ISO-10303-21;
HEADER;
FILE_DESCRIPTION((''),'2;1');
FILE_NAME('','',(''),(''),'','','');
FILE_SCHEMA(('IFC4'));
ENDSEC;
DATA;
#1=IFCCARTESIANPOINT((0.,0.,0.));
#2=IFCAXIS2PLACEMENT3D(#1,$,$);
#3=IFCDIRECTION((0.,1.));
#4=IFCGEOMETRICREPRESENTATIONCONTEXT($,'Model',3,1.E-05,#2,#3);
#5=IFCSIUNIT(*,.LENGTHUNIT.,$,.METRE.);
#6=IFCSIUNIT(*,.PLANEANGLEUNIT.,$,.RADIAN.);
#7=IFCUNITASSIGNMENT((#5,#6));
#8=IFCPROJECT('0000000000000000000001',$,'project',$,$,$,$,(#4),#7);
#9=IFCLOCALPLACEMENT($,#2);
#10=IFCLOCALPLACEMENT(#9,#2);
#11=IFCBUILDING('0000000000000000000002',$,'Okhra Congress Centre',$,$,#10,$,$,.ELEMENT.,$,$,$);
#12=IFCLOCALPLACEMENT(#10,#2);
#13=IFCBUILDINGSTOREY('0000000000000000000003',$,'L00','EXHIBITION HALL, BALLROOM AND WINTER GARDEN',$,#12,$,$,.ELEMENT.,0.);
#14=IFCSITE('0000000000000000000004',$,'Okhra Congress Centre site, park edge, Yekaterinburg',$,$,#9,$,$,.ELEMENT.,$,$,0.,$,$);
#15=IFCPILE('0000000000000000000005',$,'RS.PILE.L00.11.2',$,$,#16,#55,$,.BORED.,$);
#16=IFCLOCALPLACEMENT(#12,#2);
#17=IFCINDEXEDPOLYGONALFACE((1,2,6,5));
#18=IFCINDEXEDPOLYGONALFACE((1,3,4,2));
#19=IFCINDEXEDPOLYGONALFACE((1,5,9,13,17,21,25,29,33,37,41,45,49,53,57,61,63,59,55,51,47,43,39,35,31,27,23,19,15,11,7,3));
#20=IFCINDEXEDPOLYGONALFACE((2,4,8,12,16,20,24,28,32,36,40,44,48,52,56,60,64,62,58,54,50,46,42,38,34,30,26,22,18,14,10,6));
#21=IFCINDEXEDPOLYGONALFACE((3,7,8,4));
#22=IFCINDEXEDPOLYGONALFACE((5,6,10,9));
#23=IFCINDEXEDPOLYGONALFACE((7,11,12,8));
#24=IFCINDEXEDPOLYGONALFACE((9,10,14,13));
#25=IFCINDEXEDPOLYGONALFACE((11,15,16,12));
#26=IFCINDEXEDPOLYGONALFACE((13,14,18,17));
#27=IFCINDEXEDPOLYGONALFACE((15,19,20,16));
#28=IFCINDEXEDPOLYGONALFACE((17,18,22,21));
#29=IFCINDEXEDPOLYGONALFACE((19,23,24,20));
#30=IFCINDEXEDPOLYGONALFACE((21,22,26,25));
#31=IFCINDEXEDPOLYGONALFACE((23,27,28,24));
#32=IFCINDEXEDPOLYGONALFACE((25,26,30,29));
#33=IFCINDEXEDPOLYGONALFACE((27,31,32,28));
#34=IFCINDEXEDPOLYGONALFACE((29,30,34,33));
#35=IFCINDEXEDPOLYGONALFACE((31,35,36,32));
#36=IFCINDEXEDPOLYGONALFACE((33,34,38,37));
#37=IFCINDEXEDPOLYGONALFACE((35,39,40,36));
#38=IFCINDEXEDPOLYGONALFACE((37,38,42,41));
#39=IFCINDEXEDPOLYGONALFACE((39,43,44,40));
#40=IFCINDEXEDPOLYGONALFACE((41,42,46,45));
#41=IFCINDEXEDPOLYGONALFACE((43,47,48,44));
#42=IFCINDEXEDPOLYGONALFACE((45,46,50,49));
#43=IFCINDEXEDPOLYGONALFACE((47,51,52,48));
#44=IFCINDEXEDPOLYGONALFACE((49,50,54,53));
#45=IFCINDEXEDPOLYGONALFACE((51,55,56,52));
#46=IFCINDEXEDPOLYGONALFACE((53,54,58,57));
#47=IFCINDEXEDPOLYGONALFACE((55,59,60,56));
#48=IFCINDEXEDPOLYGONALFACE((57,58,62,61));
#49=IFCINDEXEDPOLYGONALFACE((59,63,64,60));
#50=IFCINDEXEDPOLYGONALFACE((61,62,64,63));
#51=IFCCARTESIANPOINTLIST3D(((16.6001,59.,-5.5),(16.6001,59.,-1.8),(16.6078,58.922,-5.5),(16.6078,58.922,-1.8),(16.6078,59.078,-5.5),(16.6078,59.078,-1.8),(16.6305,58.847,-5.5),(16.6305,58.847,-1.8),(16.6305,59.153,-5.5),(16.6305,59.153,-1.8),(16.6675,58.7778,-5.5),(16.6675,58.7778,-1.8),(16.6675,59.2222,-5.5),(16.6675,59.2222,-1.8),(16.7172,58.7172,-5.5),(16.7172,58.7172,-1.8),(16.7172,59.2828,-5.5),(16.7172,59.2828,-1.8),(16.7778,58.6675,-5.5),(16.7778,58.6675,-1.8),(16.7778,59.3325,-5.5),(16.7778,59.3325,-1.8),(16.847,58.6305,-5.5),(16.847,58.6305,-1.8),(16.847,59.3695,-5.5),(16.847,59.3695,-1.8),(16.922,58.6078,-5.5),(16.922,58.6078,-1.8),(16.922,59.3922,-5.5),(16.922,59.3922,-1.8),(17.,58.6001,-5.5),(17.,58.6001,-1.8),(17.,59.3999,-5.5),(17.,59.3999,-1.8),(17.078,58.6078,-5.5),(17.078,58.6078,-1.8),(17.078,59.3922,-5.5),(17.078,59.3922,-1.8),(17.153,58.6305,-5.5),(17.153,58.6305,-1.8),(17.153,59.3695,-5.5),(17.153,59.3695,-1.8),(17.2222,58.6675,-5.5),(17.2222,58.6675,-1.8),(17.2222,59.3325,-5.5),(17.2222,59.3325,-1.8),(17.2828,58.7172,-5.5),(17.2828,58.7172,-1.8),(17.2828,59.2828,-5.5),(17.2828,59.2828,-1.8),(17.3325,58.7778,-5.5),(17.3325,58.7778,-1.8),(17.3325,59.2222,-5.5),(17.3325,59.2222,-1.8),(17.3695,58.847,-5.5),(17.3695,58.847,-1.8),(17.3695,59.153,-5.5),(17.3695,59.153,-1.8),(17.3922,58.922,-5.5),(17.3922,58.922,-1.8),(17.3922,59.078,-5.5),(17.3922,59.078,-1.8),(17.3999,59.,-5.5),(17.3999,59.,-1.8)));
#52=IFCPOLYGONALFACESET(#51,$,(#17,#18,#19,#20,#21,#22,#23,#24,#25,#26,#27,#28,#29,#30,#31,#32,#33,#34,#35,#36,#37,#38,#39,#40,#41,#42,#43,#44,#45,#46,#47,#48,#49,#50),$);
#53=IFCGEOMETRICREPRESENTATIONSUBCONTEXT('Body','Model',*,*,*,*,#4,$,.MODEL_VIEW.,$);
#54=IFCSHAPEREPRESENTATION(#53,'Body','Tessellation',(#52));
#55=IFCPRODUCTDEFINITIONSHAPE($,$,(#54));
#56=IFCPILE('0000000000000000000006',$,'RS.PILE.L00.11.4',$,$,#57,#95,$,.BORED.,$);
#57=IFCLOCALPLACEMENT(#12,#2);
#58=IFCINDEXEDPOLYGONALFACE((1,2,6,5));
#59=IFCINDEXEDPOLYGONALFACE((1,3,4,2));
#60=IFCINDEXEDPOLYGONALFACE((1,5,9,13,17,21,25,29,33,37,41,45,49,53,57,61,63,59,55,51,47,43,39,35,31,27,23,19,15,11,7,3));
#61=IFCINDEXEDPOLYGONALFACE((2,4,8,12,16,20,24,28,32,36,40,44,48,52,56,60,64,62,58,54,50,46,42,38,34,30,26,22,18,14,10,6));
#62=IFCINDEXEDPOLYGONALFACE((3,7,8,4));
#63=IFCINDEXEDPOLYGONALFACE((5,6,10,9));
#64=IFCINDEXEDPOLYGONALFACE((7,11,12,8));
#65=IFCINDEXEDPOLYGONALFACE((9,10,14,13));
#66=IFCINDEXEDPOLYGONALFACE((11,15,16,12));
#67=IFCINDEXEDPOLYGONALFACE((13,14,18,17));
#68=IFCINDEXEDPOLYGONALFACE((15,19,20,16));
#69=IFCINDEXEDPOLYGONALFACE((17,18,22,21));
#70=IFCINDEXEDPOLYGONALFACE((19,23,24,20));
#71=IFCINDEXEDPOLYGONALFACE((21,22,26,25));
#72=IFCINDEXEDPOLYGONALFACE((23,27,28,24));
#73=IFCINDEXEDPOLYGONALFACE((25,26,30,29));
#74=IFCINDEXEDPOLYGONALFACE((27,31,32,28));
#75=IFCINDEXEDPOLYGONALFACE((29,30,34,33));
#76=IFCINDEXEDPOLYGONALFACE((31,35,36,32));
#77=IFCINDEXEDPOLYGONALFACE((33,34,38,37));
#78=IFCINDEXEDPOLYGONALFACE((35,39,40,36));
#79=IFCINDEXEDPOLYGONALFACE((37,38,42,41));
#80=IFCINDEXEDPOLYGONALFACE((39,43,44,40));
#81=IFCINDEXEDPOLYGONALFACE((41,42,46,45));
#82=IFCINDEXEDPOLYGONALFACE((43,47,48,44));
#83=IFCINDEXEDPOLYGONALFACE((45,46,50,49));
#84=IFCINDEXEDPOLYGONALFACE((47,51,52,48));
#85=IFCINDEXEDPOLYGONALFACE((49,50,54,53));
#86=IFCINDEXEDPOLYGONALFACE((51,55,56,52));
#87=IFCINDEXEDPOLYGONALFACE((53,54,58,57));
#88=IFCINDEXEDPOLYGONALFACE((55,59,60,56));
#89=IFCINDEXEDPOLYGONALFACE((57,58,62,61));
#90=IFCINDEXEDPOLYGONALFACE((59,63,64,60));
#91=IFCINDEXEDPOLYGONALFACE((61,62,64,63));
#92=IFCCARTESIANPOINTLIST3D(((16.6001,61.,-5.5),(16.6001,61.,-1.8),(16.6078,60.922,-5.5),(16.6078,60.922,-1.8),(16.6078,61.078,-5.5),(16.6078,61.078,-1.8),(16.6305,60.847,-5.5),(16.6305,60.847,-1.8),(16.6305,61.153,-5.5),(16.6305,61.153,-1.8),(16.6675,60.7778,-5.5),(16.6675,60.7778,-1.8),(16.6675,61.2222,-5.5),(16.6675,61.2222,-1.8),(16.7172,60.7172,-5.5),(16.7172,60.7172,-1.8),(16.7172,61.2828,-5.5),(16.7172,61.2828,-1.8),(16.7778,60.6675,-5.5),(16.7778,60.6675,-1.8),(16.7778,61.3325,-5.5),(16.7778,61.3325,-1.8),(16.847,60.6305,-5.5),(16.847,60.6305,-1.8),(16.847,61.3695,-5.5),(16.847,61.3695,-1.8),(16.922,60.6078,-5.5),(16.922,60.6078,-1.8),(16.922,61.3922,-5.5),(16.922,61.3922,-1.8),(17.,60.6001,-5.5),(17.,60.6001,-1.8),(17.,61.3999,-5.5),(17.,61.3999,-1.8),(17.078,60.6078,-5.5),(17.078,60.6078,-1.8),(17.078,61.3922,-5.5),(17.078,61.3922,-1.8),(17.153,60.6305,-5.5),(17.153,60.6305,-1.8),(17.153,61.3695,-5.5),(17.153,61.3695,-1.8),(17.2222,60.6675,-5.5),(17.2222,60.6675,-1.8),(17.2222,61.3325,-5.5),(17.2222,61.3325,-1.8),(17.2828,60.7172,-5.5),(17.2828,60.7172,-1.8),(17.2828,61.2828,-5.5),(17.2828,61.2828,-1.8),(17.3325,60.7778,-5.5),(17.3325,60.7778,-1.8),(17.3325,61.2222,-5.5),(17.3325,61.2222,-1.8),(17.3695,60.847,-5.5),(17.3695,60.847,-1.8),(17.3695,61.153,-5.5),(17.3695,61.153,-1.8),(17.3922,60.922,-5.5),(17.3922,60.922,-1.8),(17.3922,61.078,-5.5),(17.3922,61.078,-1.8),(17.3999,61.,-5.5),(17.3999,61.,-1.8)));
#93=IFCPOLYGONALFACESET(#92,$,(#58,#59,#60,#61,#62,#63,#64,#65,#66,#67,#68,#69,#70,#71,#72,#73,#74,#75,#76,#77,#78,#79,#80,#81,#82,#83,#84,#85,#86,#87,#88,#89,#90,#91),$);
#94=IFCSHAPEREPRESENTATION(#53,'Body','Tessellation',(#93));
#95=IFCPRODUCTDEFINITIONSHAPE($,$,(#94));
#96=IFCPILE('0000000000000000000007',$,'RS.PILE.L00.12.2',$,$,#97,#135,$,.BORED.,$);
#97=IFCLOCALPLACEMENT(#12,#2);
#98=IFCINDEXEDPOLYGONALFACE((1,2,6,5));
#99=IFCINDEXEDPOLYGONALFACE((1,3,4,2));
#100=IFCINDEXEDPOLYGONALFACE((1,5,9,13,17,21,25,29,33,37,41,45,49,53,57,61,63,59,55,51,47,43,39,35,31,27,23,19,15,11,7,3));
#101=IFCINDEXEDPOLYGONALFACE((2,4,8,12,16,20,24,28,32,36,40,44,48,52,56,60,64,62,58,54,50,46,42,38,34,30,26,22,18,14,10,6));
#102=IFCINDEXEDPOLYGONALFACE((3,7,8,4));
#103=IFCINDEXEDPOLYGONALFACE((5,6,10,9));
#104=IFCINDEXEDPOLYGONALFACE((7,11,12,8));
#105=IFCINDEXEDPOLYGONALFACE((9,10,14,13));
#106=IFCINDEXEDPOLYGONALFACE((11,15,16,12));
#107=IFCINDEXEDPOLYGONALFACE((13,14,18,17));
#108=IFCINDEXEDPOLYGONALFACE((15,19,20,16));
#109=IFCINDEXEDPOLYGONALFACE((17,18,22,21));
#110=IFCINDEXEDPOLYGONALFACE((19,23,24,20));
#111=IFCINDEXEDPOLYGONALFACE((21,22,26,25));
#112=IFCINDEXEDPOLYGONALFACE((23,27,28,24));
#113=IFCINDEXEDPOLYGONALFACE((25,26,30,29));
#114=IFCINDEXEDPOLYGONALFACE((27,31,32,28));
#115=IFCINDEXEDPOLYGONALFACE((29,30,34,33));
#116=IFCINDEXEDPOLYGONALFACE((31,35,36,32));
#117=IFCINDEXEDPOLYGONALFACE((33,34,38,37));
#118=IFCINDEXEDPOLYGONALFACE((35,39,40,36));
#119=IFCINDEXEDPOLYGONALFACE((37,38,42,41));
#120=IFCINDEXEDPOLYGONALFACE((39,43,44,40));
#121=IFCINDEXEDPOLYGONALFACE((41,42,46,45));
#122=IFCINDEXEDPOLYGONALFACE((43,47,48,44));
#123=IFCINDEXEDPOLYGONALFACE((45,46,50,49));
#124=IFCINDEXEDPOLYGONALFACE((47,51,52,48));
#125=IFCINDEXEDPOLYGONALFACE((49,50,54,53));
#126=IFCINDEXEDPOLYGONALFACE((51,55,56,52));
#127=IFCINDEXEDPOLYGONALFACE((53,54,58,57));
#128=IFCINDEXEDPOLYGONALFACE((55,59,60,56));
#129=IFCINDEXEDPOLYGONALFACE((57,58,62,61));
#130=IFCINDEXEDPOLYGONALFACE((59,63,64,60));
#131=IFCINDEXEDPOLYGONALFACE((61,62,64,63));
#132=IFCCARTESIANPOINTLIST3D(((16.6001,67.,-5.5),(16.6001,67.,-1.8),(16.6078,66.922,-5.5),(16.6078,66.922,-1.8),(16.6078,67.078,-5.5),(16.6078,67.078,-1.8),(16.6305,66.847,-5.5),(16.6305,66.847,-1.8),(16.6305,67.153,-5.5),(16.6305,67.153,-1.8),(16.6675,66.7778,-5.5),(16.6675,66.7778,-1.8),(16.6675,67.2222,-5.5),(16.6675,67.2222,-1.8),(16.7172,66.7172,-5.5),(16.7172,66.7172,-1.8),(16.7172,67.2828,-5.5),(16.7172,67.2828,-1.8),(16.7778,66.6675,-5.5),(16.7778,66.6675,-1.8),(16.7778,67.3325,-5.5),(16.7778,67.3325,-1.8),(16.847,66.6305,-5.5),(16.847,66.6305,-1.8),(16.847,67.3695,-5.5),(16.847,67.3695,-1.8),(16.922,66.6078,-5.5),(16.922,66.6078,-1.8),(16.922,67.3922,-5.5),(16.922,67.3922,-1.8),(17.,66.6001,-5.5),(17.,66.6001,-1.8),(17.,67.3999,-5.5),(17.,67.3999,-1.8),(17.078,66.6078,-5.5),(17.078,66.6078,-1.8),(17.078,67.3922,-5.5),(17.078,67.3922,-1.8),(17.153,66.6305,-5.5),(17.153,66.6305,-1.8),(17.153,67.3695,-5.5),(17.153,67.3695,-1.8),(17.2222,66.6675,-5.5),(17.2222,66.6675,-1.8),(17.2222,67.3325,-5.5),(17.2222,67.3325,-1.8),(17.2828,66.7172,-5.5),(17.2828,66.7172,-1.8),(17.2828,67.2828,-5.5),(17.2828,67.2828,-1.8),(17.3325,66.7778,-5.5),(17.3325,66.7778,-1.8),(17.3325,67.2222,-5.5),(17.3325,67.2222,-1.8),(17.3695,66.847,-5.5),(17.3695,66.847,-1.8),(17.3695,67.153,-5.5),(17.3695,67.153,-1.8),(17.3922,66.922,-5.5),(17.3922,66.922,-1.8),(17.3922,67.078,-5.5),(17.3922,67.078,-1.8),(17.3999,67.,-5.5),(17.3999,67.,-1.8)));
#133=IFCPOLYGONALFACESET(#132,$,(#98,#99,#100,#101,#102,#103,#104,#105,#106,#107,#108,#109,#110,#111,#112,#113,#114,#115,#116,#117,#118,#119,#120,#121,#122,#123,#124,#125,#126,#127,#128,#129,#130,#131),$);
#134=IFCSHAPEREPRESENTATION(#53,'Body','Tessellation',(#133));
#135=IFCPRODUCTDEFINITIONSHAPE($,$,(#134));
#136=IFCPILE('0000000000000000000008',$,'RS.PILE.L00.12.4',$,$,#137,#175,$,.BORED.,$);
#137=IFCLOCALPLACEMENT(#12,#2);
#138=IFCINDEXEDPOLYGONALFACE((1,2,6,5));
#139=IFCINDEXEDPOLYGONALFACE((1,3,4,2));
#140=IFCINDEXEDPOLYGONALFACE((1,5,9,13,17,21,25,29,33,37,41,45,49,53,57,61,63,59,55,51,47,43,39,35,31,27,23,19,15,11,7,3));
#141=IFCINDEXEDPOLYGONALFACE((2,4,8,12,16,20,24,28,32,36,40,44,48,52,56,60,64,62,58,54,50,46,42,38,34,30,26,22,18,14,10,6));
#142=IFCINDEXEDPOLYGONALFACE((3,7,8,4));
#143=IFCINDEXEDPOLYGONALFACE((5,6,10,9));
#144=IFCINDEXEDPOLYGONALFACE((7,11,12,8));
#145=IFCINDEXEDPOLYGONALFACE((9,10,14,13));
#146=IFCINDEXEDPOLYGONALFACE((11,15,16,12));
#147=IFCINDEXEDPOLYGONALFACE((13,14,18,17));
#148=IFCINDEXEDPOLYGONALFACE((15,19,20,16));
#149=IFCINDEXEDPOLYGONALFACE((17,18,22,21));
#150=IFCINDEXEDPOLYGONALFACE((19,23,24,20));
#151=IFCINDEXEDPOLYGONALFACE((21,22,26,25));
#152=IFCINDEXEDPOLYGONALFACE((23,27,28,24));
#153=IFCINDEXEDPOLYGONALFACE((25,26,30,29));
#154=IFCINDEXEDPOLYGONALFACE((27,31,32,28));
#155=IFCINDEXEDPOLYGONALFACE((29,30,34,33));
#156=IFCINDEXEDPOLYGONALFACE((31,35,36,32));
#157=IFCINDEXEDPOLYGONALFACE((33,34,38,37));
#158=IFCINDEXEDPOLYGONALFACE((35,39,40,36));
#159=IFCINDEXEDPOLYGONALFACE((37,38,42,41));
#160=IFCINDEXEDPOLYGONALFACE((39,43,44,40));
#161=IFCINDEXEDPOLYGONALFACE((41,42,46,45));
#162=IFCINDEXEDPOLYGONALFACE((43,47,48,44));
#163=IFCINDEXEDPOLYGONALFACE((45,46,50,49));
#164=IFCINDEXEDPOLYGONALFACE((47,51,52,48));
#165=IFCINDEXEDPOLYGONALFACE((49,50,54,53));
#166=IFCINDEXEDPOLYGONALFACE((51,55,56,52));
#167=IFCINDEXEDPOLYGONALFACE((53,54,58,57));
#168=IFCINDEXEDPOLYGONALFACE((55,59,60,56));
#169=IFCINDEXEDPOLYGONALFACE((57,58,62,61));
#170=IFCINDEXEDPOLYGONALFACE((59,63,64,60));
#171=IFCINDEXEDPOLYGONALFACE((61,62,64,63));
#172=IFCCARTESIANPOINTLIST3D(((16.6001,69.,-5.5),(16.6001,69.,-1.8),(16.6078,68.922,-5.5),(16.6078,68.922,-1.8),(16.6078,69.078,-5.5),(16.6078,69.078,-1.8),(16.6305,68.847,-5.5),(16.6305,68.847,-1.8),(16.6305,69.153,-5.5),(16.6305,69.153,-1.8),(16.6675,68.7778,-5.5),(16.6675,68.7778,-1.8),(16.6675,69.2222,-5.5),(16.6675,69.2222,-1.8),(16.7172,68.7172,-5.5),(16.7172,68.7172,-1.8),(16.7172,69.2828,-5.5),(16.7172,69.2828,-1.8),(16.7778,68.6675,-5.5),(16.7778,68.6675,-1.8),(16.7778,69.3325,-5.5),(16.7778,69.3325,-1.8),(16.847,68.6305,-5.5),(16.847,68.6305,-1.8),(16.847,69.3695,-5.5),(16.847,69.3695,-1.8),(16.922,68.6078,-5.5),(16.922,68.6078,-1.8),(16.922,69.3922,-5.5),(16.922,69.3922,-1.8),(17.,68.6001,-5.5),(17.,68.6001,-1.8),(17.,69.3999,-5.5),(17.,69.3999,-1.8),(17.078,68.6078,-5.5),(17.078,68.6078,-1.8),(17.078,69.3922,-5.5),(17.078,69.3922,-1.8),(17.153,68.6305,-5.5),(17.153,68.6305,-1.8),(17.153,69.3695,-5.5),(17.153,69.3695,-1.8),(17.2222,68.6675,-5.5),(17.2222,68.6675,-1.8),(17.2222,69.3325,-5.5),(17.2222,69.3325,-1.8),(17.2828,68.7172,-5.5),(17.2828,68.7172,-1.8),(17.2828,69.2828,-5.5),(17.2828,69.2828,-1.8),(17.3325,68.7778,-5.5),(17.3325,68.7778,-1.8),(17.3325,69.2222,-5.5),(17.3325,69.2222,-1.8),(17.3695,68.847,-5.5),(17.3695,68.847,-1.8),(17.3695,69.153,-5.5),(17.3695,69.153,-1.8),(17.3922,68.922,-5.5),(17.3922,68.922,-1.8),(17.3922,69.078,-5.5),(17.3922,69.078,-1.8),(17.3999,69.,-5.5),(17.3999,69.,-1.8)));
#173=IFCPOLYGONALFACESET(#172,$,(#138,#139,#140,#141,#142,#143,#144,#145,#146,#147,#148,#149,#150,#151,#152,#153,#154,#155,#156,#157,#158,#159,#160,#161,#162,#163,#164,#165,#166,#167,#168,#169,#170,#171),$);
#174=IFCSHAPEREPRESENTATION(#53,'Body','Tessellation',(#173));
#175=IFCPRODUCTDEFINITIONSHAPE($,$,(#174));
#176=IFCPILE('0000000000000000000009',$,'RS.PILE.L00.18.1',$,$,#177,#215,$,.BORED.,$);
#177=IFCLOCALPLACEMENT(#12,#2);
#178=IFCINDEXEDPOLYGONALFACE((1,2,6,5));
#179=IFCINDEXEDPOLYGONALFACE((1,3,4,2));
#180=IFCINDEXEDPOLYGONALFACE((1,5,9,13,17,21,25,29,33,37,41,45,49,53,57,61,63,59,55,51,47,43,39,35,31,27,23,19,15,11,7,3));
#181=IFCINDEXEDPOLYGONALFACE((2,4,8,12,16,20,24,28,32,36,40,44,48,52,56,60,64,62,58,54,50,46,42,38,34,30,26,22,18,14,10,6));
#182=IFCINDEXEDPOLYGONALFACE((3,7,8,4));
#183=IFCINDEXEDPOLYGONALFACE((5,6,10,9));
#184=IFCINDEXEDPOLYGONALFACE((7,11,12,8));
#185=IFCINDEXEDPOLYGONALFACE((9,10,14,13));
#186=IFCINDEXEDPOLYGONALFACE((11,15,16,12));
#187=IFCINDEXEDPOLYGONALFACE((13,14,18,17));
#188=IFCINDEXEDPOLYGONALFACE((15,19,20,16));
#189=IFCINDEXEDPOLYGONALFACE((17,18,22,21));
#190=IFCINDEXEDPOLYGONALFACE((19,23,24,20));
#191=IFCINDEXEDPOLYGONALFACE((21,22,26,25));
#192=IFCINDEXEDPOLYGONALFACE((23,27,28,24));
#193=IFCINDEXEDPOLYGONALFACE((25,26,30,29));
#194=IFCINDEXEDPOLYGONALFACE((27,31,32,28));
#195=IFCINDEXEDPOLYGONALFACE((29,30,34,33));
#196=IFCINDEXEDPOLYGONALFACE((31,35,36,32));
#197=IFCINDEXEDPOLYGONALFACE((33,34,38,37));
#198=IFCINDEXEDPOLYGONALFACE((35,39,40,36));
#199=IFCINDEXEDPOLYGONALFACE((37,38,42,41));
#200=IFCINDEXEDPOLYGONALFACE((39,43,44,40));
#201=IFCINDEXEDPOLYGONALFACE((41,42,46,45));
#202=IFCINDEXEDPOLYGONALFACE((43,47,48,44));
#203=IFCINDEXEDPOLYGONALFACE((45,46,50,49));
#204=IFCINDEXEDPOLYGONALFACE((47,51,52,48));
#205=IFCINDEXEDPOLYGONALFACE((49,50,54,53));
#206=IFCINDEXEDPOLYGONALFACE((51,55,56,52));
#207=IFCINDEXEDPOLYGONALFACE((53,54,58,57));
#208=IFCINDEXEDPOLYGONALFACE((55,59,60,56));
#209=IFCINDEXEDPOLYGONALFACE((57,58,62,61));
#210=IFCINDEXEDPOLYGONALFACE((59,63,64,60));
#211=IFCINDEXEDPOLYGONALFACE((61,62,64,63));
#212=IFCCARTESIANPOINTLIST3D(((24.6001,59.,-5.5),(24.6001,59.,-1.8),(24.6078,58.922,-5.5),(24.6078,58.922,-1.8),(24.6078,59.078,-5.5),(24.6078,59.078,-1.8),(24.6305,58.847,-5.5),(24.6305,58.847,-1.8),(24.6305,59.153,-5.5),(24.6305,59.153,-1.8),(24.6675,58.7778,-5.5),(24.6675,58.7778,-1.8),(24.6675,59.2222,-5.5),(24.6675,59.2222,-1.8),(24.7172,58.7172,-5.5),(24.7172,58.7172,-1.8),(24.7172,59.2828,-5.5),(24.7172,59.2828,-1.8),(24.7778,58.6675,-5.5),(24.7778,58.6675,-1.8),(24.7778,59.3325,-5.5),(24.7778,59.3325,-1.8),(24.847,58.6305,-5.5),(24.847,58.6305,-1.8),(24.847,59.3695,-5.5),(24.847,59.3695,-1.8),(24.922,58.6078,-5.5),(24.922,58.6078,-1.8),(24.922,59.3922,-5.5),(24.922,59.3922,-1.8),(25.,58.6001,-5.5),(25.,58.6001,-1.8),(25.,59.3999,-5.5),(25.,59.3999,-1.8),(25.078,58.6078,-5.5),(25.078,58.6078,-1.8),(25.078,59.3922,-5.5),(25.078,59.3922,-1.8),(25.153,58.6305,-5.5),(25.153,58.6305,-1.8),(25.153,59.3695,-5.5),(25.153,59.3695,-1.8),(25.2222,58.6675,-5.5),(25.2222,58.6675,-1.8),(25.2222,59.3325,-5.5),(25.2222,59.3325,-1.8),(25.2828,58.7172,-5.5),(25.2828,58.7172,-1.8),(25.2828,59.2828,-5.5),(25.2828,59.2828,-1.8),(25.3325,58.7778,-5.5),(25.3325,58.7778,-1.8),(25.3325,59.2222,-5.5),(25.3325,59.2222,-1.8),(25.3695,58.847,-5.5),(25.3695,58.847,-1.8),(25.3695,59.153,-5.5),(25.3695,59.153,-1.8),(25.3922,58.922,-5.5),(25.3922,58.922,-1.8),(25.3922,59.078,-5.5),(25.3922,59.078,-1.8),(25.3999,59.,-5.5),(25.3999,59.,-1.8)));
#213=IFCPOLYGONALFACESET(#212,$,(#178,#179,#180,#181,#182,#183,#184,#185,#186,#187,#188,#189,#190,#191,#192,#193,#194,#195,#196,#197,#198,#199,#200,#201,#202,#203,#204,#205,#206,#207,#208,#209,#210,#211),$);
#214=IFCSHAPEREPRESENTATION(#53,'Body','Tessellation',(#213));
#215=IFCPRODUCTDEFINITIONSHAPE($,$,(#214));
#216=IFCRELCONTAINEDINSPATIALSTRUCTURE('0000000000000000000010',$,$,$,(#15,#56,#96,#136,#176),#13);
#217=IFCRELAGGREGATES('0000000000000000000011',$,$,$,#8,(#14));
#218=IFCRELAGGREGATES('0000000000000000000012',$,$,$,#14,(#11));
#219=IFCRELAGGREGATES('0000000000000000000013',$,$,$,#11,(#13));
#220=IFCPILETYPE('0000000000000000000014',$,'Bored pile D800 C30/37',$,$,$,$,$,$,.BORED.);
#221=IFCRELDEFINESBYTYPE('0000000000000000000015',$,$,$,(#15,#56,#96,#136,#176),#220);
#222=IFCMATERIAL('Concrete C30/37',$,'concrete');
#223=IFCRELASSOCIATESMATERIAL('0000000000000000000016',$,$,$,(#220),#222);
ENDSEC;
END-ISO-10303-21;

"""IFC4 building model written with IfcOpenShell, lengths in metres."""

from ifc_helpers import new_model, si_unit, direction, frame, origin, origin_2d, place, context, subcontext, project, spatial, circle, extrude, material, material_profile, profile_set, type_object, element, save


model = new_model("IFC4")

# Units and contexts
model_context = context("Model", 3, precision=1e-05, world=origin(), true_north=direction((0.0, 1.0)))
body_context = subcontext(model_context, "Body", "Model", "MODEL_VIEW")
ifc_project = project(units=[si_unit("LENGTHUNIT", "METRE"), si_unit("PLANEANGLEUNIT", "RADIAN")], contexts=[model_context])

# Site, building, storey
site_placement = place(None, origin())
site = spatial("IfcSite", under=ifc_project, at=site_placement, Name="Okhra Congress Centre site, park edge, Yekaterinburg", CompositionType="ELEMENT", RefElevation=0.0)
building_placement = place(site_placement, origin())
building = spatial("IfcBuilding", under=site, at=building_placement, Name="Okhra Congress Centre", CompositionType="ELEMENT")
storey_placement = place(building_placement, origin())
storey = spatial("IfcBuildingStorey", under=building, at=storey_placement, Name="L00", Description="EXHIBITION HALL, BALLROOM AND WINTER GARDEN", CompositionType="ELEMENT", Elevation=0.0)

# Piles
ifc_material_1 = material(Name="Concrete C30/37", Category="concrete")
ifc_material_profile_1 = material_profile(ifc_material_1, circle(Radius=0.3999, at=origin_2d()), Name="D800")
ifc_profile_set_1 = profile_set([ifc_material_profile_1], Name="Concrete C30/37")
pile_type = type_object("IfcPileType", Name="Bored pile D800 C30/37", PredefinedType="BORED", material=ifc_profile_set_1)
for number, where, z_axis, x_axis, name in (
    (1, (17.0, 59.0, -1.8), (0.0, 0.0, -1.0), (1.0, 0.0, 0.0), "RS.PILE.L00.11.2"),
    (2, (17.0, 61.0, -1.8), (0.0, 0.0, -1.0), (1.0, 0.0, 0.0), "RS.PILE.L00.11.4"),
    (3, (17.0, 67.0, -1.8), (0.0, 0.0, -1.0), (1.0, 0.0, 0.0), "RS.PILE.L00.12.2"),
    (4, (17.0, 69.0, -1.8), (0.0, 0.0, -1.0), (1.0, 0.0, 0.0), "RS.PILE.L00.12.4"),
    (5, (25.0, 59.0, -1.8), (0.0, 0.0, -1.0), (1.0, 0.0, 0.0), "RS.PILE.L00.18.1"),
):
    element("IfcPile", number, at=place(storey_placement, frame(where, z_axis=z_axis, x_axis=x_axis)), inside=storey, type_object=pile_type, Name=name, PredefinedType="BORED", context=body_context, shape_type="SweptSolid", body=[
        extrude(circle(Radius=0.3999, at=origin_2d()), origin(), (0.0, 0.0, 1.0), 3.7),
    ])

save(model, "model.ifc")
